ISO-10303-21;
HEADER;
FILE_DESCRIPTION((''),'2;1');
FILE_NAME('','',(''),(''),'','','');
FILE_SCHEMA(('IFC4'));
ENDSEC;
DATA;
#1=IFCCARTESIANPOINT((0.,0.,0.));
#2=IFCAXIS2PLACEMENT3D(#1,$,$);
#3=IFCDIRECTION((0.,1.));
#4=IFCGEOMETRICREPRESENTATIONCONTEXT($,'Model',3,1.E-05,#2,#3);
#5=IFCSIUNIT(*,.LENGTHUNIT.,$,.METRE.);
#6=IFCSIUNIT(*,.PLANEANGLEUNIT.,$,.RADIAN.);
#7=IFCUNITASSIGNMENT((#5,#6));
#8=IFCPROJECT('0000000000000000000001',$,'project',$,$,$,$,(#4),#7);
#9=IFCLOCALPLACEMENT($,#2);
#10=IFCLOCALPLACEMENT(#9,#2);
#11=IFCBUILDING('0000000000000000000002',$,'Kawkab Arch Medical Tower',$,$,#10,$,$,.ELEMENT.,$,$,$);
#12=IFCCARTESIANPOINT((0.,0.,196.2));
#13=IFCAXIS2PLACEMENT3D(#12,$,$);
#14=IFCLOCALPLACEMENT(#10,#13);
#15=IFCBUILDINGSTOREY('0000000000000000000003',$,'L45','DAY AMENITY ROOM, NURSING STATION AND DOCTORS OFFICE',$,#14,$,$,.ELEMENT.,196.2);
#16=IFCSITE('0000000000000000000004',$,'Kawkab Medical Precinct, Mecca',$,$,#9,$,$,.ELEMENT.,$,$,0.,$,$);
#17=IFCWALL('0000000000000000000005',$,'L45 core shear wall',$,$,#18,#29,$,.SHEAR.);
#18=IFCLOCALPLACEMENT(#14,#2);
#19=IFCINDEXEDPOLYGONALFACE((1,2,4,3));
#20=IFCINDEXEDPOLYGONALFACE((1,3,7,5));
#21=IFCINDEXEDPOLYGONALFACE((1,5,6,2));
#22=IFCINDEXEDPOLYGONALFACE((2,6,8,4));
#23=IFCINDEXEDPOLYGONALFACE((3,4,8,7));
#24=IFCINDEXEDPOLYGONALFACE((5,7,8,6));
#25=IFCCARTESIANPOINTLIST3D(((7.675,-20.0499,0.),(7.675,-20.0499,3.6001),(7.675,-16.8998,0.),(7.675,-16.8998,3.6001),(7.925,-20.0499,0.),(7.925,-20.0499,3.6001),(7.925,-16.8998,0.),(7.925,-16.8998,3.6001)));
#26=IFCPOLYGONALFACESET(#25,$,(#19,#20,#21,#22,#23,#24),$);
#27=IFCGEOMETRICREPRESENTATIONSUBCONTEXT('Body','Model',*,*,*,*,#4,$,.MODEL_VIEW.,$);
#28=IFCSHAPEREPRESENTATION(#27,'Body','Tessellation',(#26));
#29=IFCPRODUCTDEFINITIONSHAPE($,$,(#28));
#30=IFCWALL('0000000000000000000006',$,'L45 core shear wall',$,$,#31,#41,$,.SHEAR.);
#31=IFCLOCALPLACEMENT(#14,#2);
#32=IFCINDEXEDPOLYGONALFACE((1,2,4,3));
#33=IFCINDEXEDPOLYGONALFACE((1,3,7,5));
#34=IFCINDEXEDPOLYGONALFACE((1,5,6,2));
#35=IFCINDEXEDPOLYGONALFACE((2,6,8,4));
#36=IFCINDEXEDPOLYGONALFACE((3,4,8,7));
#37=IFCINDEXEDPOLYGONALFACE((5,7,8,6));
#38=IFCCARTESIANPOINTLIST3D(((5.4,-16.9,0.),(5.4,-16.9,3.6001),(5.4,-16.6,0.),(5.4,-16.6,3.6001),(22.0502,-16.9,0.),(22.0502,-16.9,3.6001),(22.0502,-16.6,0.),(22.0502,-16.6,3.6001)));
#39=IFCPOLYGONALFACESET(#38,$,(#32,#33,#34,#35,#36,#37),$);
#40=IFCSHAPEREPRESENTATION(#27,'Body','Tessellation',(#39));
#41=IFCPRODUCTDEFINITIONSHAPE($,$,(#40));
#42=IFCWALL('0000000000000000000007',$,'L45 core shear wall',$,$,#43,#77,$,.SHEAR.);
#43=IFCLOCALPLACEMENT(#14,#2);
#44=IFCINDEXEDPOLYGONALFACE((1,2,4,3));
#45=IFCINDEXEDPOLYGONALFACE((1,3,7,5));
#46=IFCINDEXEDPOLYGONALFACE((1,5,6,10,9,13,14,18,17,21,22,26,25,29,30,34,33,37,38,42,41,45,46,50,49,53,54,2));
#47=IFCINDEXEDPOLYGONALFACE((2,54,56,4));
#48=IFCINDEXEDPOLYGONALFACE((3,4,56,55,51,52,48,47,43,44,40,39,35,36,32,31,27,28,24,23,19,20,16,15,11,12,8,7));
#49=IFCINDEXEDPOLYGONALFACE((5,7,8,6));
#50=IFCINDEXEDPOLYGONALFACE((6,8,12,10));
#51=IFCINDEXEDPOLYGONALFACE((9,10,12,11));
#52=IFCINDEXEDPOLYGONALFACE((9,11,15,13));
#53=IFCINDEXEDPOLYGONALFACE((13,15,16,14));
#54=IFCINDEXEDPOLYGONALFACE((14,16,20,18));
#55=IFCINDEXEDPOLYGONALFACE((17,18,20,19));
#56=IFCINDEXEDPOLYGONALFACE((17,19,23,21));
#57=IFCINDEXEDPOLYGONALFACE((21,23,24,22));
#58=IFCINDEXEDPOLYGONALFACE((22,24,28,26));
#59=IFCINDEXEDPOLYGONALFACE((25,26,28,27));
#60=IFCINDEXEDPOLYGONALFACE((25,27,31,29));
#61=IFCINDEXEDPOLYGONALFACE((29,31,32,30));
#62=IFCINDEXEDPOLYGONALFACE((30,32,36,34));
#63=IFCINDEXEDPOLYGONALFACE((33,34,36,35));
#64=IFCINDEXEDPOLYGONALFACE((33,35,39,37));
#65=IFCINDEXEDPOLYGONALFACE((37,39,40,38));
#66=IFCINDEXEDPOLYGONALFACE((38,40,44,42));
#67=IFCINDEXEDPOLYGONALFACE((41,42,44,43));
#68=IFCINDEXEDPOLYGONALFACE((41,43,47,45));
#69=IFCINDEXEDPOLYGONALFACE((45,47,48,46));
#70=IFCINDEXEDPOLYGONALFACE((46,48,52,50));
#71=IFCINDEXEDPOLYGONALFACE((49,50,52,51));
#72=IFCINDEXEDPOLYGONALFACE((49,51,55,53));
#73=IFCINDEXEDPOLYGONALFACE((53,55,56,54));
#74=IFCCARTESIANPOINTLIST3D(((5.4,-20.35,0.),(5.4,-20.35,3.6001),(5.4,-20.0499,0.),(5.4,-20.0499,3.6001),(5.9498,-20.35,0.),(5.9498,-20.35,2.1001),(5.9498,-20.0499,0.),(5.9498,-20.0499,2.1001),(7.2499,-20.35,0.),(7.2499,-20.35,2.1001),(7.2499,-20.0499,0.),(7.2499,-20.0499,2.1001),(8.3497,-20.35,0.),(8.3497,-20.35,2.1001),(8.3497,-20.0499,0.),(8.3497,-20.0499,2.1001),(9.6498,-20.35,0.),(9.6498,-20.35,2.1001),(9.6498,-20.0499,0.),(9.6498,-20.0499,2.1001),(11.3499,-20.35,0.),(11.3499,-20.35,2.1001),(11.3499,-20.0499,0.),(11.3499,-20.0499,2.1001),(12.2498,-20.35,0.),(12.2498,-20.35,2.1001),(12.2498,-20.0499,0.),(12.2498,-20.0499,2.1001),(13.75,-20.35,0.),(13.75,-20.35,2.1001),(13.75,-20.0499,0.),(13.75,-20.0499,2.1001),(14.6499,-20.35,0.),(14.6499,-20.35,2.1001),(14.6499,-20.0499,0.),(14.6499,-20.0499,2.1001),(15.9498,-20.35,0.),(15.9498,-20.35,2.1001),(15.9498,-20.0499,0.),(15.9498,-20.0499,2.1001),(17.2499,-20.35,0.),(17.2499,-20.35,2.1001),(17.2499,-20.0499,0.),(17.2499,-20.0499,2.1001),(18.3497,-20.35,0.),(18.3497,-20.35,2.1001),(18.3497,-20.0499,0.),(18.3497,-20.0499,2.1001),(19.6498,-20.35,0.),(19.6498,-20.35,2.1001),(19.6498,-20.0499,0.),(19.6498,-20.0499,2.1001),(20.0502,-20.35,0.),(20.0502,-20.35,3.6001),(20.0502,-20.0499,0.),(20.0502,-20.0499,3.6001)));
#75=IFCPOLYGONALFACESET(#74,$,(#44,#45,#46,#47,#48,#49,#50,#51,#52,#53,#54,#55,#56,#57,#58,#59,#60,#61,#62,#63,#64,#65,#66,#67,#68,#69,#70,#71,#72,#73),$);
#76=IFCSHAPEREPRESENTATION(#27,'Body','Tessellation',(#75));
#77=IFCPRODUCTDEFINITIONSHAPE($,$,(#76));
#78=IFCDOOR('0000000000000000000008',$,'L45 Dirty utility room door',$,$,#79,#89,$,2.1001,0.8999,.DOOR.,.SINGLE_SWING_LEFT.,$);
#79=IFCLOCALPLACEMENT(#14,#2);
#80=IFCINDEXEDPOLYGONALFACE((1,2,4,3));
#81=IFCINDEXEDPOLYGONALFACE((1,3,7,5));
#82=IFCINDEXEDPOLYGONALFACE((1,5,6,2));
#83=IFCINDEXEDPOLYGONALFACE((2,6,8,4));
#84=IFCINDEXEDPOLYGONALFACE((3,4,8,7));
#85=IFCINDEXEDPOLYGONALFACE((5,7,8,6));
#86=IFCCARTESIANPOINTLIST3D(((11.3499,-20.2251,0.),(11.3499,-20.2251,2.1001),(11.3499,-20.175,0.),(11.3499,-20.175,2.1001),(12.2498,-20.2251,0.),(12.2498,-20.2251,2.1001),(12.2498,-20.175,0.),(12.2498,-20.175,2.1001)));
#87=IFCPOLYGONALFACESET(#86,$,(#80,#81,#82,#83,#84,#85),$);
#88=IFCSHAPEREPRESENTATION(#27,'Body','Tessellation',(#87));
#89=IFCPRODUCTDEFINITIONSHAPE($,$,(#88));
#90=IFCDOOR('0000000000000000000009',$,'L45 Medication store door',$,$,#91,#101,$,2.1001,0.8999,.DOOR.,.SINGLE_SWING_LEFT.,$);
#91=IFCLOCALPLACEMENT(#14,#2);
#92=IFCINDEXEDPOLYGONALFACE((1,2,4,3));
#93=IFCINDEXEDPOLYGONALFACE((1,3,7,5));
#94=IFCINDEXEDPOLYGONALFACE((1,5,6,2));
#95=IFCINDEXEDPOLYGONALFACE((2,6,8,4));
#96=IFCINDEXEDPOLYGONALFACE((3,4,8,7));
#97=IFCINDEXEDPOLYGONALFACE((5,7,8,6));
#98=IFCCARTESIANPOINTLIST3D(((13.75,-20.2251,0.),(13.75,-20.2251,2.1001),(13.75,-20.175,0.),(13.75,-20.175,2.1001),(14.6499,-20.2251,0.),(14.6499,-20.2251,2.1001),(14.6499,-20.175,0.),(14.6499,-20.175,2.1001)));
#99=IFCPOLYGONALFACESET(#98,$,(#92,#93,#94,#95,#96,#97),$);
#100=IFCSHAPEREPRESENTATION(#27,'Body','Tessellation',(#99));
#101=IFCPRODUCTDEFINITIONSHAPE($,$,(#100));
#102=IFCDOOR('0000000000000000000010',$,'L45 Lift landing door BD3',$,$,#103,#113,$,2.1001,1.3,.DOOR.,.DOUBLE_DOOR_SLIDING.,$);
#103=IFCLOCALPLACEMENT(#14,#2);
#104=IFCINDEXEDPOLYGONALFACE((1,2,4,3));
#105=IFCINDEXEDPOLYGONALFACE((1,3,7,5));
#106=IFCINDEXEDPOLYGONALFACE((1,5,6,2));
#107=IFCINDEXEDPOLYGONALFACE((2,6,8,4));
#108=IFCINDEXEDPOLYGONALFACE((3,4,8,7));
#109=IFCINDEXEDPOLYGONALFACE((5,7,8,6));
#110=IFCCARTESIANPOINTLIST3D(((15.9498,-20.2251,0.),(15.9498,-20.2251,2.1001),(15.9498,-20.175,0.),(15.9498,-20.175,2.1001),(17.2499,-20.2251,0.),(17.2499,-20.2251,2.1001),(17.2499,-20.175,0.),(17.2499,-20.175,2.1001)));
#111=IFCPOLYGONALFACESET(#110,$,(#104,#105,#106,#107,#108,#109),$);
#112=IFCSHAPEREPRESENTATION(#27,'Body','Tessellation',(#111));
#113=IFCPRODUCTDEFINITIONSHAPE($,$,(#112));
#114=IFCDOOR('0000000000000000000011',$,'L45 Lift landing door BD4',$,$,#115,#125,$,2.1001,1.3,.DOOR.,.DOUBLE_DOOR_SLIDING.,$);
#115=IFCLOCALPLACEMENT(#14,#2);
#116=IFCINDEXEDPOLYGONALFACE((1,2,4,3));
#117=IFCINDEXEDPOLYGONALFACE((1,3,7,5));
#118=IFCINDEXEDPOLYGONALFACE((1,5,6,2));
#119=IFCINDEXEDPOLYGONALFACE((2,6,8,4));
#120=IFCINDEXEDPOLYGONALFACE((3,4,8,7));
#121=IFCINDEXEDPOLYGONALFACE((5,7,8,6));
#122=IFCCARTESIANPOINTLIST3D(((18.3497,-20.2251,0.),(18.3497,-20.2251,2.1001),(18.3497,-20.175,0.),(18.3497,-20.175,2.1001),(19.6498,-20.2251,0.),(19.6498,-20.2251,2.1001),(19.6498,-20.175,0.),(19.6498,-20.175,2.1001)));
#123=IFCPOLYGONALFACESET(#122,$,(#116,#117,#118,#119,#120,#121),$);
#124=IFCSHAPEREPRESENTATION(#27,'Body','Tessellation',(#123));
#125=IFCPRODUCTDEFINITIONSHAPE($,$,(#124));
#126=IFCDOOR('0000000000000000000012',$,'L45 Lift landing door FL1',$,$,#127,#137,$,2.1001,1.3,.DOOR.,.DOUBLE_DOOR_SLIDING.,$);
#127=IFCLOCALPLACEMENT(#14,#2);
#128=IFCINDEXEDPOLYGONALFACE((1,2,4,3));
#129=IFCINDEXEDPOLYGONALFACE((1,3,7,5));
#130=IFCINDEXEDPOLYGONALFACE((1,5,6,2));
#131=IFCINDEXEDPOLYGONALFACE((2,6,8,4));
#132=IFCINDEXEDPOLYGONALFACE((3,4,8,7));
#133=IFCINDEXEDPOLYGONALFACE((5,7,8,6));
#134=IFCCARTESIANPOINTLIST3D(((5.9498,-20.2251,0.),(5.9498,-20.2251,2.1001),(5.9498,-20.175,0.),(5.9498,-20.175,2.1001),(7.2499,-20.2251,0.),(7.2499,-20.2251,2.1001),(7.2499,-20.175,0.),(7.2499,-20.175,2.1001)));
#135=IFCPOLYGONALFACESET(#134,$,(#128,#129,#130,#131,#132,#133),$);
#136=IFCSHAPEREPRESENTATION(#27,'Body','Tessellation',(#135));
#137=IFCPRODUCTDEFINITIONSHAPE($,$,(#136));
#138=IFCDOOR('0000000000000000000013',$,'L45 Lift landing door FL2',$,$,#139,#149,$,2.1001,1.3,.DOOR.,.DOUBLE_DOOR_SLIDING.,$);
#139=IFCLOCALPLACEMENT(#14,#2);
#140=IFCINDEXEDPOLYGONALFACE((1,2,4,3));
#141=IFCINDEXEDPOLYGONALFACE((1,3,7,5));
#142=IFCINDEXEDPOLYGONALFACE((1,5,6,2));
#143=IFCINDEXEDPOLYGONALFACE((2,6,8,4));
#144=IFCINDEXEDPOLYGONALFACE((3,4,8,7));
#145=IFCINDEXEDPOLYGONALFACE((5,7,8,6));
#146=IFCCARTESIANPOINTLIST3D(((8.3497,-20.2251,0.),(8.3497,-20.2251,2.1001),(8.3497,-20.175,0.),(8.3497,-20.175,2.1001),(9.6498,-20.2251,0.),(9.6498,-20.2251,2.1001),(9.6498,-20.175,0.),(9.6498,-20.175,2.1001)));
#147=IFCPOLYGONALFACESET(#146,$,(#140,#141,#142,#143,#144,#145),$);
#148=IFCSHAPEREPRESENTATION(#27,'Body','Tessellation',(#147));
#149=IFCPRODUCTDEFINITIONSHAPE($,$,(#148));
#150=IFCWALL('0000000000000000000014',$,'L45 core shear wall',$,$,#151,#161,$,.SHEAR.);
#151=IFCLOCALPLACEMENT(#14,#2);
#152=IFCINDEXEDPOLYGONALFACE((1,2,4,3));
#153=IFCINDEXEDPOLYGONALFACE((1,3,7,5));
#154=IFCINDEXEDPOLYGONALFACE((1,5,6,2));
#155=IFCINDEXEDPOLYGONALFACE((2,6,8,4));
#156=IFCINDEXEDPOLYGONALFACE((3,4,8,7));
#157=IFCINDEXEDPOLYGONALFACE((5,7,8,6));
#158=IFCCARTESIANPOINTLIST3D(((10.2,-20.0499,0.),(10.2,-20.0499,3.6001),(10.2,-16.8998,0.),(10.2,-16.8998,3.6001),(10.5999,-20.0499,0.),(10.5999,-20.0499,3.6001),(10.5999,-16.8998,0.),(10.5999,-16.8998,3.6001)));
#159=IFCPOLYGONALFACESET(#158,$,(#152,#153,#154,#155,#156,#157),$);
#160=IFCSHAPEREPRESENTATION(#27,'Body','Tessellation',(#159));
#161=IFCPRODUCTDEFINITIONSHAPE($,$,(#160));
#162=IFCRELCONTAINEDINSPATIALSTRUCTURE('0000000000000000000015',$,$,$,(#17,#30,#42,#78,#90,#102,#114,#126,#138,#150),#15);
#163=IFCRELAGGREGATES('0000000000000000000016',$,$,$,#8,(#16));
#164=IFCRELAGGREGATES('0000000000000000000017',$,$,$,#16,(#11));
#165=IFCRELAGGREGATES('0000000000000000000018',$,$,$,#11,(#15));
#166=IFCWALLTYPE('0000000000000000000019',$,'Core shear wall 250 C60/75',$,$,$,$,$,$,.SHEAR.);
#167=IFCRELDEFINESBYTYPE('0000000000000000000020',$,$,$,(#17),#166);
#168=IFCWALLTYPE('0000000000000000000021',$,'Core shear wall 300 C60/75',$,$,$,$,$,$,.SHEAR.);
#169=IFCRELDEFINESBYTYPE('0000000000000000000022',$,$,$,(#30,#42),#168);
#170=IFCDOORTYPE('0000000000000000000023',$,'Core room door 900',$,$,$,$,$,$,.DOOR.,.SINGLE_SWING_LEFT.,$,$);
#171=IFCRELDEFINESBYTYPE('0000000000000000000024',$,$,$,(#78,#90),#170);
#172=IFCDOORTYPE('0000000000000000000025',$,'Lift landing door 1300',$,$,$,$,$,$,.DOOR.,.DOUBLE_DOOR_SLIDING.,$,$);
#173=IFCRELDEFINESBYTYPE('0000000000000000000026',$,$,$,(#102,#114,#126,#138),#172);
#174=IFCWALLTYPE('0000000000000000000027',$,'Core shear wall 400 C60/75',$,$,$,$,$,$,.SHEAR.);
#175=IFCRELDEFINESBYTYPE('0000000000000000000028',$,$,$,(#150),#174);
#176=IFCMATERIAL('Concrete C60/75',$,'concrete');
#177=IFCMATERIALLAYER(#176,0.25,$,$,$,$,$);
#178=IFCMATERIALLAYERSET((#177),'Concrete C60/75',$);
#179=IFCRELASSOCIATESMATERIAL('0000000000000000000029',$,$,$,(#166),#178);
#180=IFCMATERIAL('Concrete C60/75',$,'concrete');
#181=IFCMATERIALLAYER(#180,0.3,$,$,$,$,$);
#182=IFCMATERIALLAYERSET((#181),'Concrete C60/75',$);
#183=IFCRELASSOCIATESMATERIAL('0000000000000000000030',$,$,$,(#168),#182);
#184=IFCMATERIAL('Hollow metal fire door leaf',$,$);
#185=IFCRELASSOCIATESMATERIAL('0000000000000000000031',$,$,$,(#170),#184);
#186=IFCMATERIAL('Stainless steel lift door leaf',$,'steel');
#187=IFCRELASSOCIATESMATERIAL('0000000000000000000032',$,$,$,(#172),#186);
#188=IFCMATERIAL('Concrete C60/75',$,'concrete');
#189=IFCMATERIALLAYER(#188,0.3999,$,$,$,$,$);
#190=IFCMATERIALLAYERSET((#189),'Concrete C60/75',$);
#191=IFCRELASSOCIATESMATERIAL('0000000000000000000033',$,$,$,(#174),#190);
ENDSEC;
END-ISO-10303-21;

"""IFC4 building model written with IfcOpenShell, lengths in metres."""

from ifc_helpers import new_model, si_unit, direction, frame, frame_2d, origin, place, context, subcontext, project, spatial, rectangle, extrude, material, layer, layer_set, type_object, element, fill, save


model = new_model("IFC4")

# Units and contexts
model_context = context("Model", 3, precision=1e-05, world=origin(), true_north=direction((0.0, 1.0)))
body_context = subcontext(model_context, "Body", "Model", "MODEL_VIEW")
ifc_project = project(units=[si_unit("LENGTHUNIT", "METRE"), si_unit("PLANEANGLEUNIT", "RADIAN")], contexts=[model_context])

# Site, building, storey
site_placement = place(None, origin())
site = spatial("IfcSite", under=ifc_project, at=site_placement, Name="Kawkab Medical Precinct, Mecca", CompositionType="ELEMENT", RefElevation=0.0)
building_placement = place(site_placement, origin())
building = spatial("IfcBuilding", under=site, at=building_placement, Name="Kawkab Arch Medical Tower", CompositionType="ELEMENT")
storey_placement = place(building_placement, frame((0.0, 0.0, 196.2)))
storey = spatial("IfcBuildingStorey", under=building, at=storey_placement, Name="L45", Description="DAY AMENITY ROOM, NURSING STATION AND DOCTORS OFFICE", CompositionType="ELEMENT", Elevation=196.2)

# Walls
ifc_material_1 = material(Name="Concrete C60/75", Category="concrete")
ifc_layer_1 = layer(ifc_material_1, 0.25)
ifc_layer_set_1 = layer_set([ifc_layer_1], Name="Concrete C60/75")
wall_type_1 = type_object("IfcWallType", Name="Core shear wall 250 C60/75", PredefinedType="SHEAR", material=ifc_layer_set_1)
wall_1_placement = place(storey_placement, frame((7.8, -20.05, 0.0), z_axis=(0.0, 0.0, 1.0), x_axis=(0.0, 1.0, 0.0)))
element("IfcWall", 1, at=wall_1_placement, inside=storey, type_object=wall_type_1, Name="L45 core shear wall", PredefinedType="SHEAR", context=body_context, shape_type="SweptSolid", body=[
    extrude(rectangle(XDim=3.1501, YDim=0.25, at=frame_2d((1.5752, 0.0))), origin(), (0.0, 0.0, 1.0), 3.6001),
])
ifc_material_2 = material(Name="Concrete C60/75", Category="concrete")
ifc_layer_2 = layer(ifc_material_2, 0.3)
ifc_layer_set_2 = layer_set([ifc_layer_2], Name="Concrete C60/75")
wall_type_2 = type_object("IfcWallType", Name="Core shear wall 300 C60/75", PredefinedType="SHEAR", material=ifc_layer_set_2)
wall_2_placement = place(storey_placement, frame((5.3999, -16.75, 0.0), z_axis=(0.0, 0.0, 1.0), x_axis=(1.0, 0.0, 0.0)))
element("IfcWall", 2, at=wall_2_placement, inside=storey, type_object=wall_type_2, Name="L45 core shear wall", PredefinedType="SHEAR", context=body_context, shape_type="SweptSolid", body=[
    extrude(rectangle(XDim=16.6501, YDim=0.3, at=frame_2d((8.3252, 0.0))), origin(), (0.0, 0.0, 1.0), 3.6001),
])

# Wall, openings, doors
wall_3_placement = place(storey_placement, frame((5.3999, -20.2, 0.0), z_axis=(0.0, 0.0, 1.0), x_axis=(1.0, 0.0, 0.0)))
wall_3 = element("IfcWall", 3, at=wall_3_placement, inside=storey, type_object=wall_type_2, Name="L45 core shear wall", PredefinedType="SHEAR", context=body_context, shape_type="SweptSolid", body=[
    extrude(rectangle(XDim=14.6501, YDim=0.3, at=frame_2d((7.3252, 0.0))), origin(), (0.0, 0.0, 1.0), 3.6001),
])
opening_1_placement = place(wall_3_placement, frame((10.55, 0.0, 0.0)))
opening_1 = element("IfcOpeningElement", 4, at=opening_1_placement, cuts=wall_3, PredefinedType="OPENING", context=body_context, shape_type="SweptSolid", body=[
    extrude(rectangle(XDim=1.3, YDim=2.1001, at=frame_2d((0.6499, 1.05))), frame((0.0, 0.1599, 0.0), z_axis=(0.0, -1.0, 0.0), x_axis=(1.0, 0.0, 0.0)), (0.0, 0.0, 1.0), 0.3201),
])
opening_2_placement = place(wall_3_placement, frame((12.95, 0.0, 0.0)))
opening_2 = element("IfcOpeningElement", 5, at=opening_2_placement, cuts=wall_3, PredefinedType="OPENING", context=body_context, shape_type="SweptSolid", body=[
    extrude(rectangle(XDim=1.3, YDim=2.1001, at=frame_2d((0.6499, 1.05))), frame((0.0, 0.1599, 0.0), z_axis=(0.0, -1.0, 0.0), x_axis=(1.0, 0.0, 0.0)), (0.0, 0.0, 1.0), 0.3201),
])
opening_3_placement = place(wall_3_placement, frame((0.55, 0.0, 0.0)))
opening_3 = element("IfcOpeningElement", 6, at=opening_3_placement, cuts=wall_3, PredefinedType="OPENING", context=body_context, shape_type="SweptSolid", body=[
    extrude(rectangle(XDim=1.3, YDim=2.1001, at=frame_2d((0.6499, 1.05))), frame((0.0, 0.1599, 0.0), z_axis=(0.0, -1.0, 0.0), x_axis=(1.0, 0.0, 0.0)), (0.0, 0.0, 1.0), 0.3201),
])
opening_4_placement = place(wall_3_placement, frame((2.95, 0.0, 0.0)))
opening_4 = element("IfcOpeningElement", 7, at=opening_4_placement, cuts=wall_3, PredefinedType="OPENING", context=body_context, shape_type="SweptSolid", body=[
    extrude(rectangle(XDim=1.3, YDim=2.1001, at=frame_2d((0.6499, 1.05))), frame((0.0, 0.1599, 0.0), z_axis=(0.0, -1.0, 0.0), x_axis=(1.0, 0.0, 0.0)), (0.0, 0.0, 1.0), 0.3201),
])
opening_5_placement = place(wall_3_placement, frame((5.95, 0.0, 0.0)))
opening_5 = element("IfcOpeningElement", 8, at=opening_5_placement, cuts=wall_3, PredefinedType="OPENING", context=body_context, shape_type="SweptSolid", body=[
    extrude(rectangle(XDim=0.8999, YDim=2.1001, at=frame_2d((0.45, 1.05))), frame((0.0, 0.1599, 0.0), z_axis=(0.0, -1.0, 0.0), x_axis=(1.0, 0.0, 0.0)), (0.0, 0.0, 1.0), 0.3201),
])
opening_6_placement = place(wall_3_placement, frame((8.3501, 0.0, 0.0)))
opening_6 = element("IfcOpeningElement", 9, at=opening_6_placement, cuts=wall_3, PredefinedType="OPENING", context=body_context, shape_type="SweptSolid", body=[
    extrude(rectangle(XDim=0.8999, YDim=2.1001, at=frame_2d((0.45, 1.05))), frame((0.0, 0.1599, 0.0), z_axis=(0.0, -1.0, 0.0), x_axis=(1.0, 0.0, 0.0)), (0.0, 0.0, 1.0), 0.3201),
])
ifc_material_3 = material(Name="Hollow metal fire door leaf")
door_type_1 = type_object("IfcDoorType", Name="Core room door 900", OperationType="SINGLE_SWING_LEFT", PredefinedType="DOOR", material=ifc_material_3)
door_1_placement = place(opening_5_placement, origin())
door_1 = element("IfcDoor", 10, at=door_1_placement, inside=storey, type_object=door_type_1, Name="L45 Dirty utility room door", OperationType="SINGLE_SWING_LEFT", OverallHeight=2.1001, OverallWidth=0.8999, PredefinedType="DOOR", context=body_context, shape_type="SweptSolid", body=[
    extrude(rectangle(XDim=0.8999, YDim=2.1001, at=frame_2d((0.45, 1.05))), frame((0.0, 0.0249, 0.0), z_axis=(0.0, -1.0, 0.0), x_axis=(1.0, 0.0, 0.0)), (0.0, 0.0, 1.0), 0.05),
])
fill(opening_5, door_1)
door_2_placement = place(opening_6_placement, origin())
door_2 = element("IfcDoor", 11, at=door_2_placement, inside=storey, type_object=door_type_1, Name="L45 Medication store door", OperationType="SINGLE_SWING_LEFT", OverallHeight=2.1001, OverallWidth=0.8999, PredefinedType="DOOR", context=body_context, shape_type="SweptSolid", body=[
    extrude(rectangle(XDim=0.8999, YDim=2.1001, at=frame_2d((0.45, 1.05))), frame((0.0, 0.0249, 0.0), z_axis=(0.0, -1.0, 0.0), x_axis=(1.0, 0.0, 0.0)), (0.0, 0.0, 1.0), 0.05),
])
fill(opening_6, door_2)
ifc_material_4 = material(Name="Stainless steel lift door leaf", Category="steel")
door_type_2 = type_object("IfcDoorType", Name="Lift landing door 1300", OperationType="DOUBLE_DOOR_SLIDING", PredefinedType="DOOR", material=ifc_material_4)
door_3_placement = place(opening_1_placement, origin())
door_3 = element("IfcDoor", 12, at=door_3_placement, inside=storey, type_object=door_type_2, Name="L45 Lift landing door BD3", OperationType="DOUBLE_DOOR_SLIDING", OverallHeight=2.1001, OverallWidth=1.3, PredefinedType="DOOR", context=body_context, shape_type="SweptSolid", body=[
    extrude(rectangle(XDim=1.3, YDim=2.1001, at=frame_2d((0.6499, 1.05))), frame((0.0, 0.0249, 0.0), z_axis=(0.0, -1.0, 0.0), x_axis=(1.0, 0.0, 0.0)), (0.0, 0.0, 1.0), 0.05),
])
fill(opening_1, door_3)
door_4_placement = place(opening_2_placement, origin())
door_4 = element("IfcDoor", 13, at=door_4_placement, inside=storey, type_object=door_type_2, Name="L45 Lift landing door BD4", OperationType="DOUBLE_DOOR_SLIDING", OverallHeight=2.1001, OverallWidth=1.3, PredefinedType="DOOR", context=body_context, shape_type="SweptSolid", body=[
    extrude(rectangle(XDim=1.3, YDim=2.1001, at=frame_2d((0.6499, 1.05))), frame((0.0, 0.0249, 0.0), z_axis=(0.0, -1.0, 0.0), x_axis=(1.0, 0.0, 0.0)), (0.0, 0.0, 1.0), 0.05),
])
fill(opening_2, door_4)
door_5_placement = place(opening_3_placement, origin())
door_5 = element("IfcDoor", 14, at=door_5_placement, inside=storey, type_object=door_type_2, Name="L45 Lift landing door FL1", OperationType="DOUBLE_DOOR_SLIDING", OverallHeight=2.1001, OverallWidth=1.3, PredefinedType="DOOR", context=body_context, shape_type="SweptSolid", body=[
    extrude(rectangle(XDim=1.3, YDim=2.1001, at=frame_2d((0.6499, 1.05))), frame((0.0, 0.0249, 0.0), z_axis=(0.0, -1.0, 0.0), x_axis=(1.0, 0.0, 0.0)), (0.0, 0.0, 1.0), 0.05),
])
fill(opening_3, door_5)
door_6_placement = place(opening_4_placement, origin())
door_6 = element("IfcDoor", 15, at=door_6_placement, inside=storey, type_object=door_type_2, Name="L45 Lift landing door FL2", OperationType="DOUBLE_DOOR_SLIDING", OverallHeight=2.1001, OverallWidth=1.3, PredefinedType="DOOR", context=body_context, shape_type="SweptSolid", body=[
    extrude(rectangle(XDim=1.3, YDim=2.1001, at=frame_2d((0.6499, 1.05))), frame((0.0, 0.0249, 0.0), z_axis=(0.0, -1.0, 0.0), x_axis=(1.0, 0.0, 0.0)), (0.0, 0.0, 1.0), 0.05),
])
fill(opening_4, door_6)

# Wall
ifc_material_5 = material(Name="Concrete C60/75", Category="concrete")
ifc_layer_3 = layer(ifc_material_5, 0.3999)
ifc_layer_set_3 = layer_set([ifc_layer_3], Name="Concrete C60/75")
wall_type_3 = type_object("IfcWallType", Name="Core shear wall 400 C60/75", PredefinedType="SHEAR", material=ifc_layer_set_3)
wall_4_placement = place(storey_placement, frame((10.3999, -20.05, 0.0), z_axis=(0.0, 0.0, 1.0), x_axis=(0.0, 1.0, 0.0)))
element("IfcWall", 16, at=wall_4_placement, inside=storey, type_object=wall_type_3, Name="L45 core shear wall", PredefinedType="SHEAR", context=body_context, shape_type="SweptSolid", body=[
    extrude(rectangle(XDim=3.1501, YDim=0.3999, at=frame_2d((1.5752, 0.0))), origin(), (0.0, 0.0, 1.0), 3.6001),
])

save(model, "model.ifc")
